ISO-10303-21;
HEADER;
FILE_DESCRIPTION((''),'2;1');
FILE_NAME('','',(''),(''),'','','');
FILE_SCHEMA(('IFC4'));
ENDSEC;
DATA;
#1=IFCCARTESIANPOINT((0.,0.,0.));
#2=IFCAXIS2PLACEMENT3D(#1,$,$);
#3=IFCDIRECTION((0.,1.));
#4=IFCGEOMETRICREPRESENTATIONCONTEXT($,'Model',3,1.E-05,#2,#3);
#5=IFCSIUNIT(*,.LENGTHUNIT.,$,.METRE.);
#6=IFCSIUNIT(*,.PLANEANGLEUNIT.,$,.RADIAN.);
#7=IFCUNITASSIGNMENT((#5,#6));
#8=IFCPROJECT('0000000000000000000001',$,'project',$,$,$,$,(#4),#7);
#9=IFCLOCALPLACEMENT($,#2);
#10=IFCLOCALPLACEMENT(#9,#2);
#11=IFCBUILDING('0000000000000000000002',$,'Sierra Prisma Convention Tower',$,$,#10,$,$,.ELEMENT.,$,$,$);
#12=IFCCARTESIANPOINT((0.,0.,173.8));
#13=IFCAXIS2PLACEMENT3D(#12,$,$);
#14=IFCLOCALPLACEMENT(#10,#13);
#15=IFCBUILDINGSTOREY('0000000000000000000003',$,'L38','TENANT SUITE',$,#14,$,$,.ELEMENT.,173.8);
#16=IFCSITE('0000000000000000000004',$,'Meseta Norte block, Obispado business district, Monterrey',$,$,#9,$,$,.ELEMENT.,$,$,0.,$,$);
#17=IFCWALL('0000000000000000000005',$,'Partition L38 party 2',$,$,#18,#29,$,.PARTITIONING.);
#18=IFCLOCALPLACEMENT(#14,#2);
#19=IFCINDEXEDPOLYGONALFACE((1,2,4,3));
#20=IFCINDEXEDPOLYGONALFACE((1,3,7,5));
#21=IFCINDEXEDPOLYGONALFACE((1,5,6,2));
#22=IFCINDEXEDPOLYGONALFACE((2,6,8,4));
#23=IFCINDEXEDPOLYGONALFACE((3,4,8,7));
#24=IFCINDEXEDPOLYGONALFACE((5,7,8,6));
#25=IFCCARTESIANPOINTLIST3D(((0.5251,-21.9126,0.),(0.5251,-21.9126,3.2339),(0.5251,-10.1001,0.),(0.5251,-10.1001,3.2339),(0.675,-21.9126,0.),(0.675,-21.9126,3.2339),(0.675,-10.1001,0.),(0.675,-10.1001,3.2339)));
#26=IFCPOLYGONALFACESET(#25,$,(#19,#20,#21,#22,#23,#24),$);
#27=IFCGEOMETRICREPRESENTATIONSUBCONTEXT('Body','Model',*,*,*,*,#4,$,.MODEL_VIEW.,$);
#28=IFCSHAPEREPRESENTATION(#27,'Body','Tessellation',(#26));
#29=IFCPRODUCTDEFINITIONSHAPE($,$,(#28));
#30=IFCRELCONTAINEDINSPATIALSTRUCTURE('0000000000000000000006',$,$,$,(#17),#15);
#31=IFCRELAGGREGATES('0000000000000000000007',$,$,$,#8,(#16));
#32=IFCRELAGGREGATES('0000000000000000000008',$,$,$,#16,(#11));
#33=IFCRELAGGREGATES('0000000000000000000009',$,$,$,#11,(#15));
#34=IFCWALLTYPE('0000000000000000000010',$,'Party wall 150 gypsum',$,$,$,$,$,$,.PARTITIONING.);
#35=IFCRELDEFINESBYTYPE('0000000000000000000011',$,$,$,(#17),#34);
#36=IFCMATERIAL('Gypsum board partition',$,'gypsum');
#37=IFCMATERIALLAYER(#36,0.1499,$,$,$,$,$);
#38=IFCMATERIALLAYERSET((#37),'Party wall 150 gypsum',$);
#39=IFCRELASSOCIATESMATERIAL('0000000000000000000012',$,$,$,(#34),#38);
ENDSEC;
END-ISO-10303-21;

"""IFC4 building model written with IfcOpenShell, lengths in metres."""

from ifc_helpers import new_model, si_unit, direction, frame, frame_2d, origin, place, context, subcontext, project, spatial, rectangle, extrude, material, layer, layer_set, type_object, element, save


model = new_model("IFC4")

# Units and contexts
model_context = context("Model", 3, precision=1e-05, world=origin(), true_north=direction((0.0, 1.0)))
body_context = subcontext(model_context, "Body", "Model", "MODEL_VIEW")
ifc_project = project(units=[si_unit("LENGTHUNIT", "METRE"), si_unit("PLANEANGLEUNIT", "RADIAN")], contexts=[model_context])

# Site, building, storey
site_placement = place(None, origin())
site = spatial("IfcSite", under=ifc_project, at=site_placement, Name="Meseta Norte block, Obispado business district, Monterrey", CompositionType="ELEMENT", RefElevation=0.0)
building_placement = place(site_placement, origin())
building = spatial("IfcBuilding", under=site, at=building_placement, Name="Sierra Prisma Convention Tower", CompositionType="ELEMENT")
storey_placement = place(building_placement, frame((0.0, 0.0, 173.8)))
storey = spatial("IfcBuildingStorey", under=building, at=storey_placement, Name="L38", Description="TENANT SUITE", CompositionType="ELEMENT", Elevation=173.8)

# Wall
ifc_material_1 = material(Name="Gypsum board partition", Category="gypsum")
ifc_layer_1 = layer(ifc_material_1, 0.1499)
ifc_layer_set_1 = layer_set([ifc_layer_1], Name="Party wall 150 gypsum")
wall_type_1 = type_object("IfcWallType", Name="Party wall 150 gypsum", PredefinedType="PARTITIONING", material=ifc_layer_set_1)
wall_1_placement = place(storey_placement, frame((0.6001, -10.1001, 0.0), z_axis=(0.0, 0.0, 1.0), x_axis=(0.0, -1.0, 0.0)))
element("IfcWall", 1, at=wall_1_placement, inside=storey, type_object=wall_type_1, Name="Partition L38 party 2", PredefinedType="PARTITIONING", context=body_context, shape_type="SweptSolid", body=[
    extrude(rectangle(XDim=11.8125, YDim=0.1499, at=frame_2d((5.9062, 0.0))), origin(), (0.0, 0.0, 1.0), 3.2339),
])

save(model, "model.ifc")
